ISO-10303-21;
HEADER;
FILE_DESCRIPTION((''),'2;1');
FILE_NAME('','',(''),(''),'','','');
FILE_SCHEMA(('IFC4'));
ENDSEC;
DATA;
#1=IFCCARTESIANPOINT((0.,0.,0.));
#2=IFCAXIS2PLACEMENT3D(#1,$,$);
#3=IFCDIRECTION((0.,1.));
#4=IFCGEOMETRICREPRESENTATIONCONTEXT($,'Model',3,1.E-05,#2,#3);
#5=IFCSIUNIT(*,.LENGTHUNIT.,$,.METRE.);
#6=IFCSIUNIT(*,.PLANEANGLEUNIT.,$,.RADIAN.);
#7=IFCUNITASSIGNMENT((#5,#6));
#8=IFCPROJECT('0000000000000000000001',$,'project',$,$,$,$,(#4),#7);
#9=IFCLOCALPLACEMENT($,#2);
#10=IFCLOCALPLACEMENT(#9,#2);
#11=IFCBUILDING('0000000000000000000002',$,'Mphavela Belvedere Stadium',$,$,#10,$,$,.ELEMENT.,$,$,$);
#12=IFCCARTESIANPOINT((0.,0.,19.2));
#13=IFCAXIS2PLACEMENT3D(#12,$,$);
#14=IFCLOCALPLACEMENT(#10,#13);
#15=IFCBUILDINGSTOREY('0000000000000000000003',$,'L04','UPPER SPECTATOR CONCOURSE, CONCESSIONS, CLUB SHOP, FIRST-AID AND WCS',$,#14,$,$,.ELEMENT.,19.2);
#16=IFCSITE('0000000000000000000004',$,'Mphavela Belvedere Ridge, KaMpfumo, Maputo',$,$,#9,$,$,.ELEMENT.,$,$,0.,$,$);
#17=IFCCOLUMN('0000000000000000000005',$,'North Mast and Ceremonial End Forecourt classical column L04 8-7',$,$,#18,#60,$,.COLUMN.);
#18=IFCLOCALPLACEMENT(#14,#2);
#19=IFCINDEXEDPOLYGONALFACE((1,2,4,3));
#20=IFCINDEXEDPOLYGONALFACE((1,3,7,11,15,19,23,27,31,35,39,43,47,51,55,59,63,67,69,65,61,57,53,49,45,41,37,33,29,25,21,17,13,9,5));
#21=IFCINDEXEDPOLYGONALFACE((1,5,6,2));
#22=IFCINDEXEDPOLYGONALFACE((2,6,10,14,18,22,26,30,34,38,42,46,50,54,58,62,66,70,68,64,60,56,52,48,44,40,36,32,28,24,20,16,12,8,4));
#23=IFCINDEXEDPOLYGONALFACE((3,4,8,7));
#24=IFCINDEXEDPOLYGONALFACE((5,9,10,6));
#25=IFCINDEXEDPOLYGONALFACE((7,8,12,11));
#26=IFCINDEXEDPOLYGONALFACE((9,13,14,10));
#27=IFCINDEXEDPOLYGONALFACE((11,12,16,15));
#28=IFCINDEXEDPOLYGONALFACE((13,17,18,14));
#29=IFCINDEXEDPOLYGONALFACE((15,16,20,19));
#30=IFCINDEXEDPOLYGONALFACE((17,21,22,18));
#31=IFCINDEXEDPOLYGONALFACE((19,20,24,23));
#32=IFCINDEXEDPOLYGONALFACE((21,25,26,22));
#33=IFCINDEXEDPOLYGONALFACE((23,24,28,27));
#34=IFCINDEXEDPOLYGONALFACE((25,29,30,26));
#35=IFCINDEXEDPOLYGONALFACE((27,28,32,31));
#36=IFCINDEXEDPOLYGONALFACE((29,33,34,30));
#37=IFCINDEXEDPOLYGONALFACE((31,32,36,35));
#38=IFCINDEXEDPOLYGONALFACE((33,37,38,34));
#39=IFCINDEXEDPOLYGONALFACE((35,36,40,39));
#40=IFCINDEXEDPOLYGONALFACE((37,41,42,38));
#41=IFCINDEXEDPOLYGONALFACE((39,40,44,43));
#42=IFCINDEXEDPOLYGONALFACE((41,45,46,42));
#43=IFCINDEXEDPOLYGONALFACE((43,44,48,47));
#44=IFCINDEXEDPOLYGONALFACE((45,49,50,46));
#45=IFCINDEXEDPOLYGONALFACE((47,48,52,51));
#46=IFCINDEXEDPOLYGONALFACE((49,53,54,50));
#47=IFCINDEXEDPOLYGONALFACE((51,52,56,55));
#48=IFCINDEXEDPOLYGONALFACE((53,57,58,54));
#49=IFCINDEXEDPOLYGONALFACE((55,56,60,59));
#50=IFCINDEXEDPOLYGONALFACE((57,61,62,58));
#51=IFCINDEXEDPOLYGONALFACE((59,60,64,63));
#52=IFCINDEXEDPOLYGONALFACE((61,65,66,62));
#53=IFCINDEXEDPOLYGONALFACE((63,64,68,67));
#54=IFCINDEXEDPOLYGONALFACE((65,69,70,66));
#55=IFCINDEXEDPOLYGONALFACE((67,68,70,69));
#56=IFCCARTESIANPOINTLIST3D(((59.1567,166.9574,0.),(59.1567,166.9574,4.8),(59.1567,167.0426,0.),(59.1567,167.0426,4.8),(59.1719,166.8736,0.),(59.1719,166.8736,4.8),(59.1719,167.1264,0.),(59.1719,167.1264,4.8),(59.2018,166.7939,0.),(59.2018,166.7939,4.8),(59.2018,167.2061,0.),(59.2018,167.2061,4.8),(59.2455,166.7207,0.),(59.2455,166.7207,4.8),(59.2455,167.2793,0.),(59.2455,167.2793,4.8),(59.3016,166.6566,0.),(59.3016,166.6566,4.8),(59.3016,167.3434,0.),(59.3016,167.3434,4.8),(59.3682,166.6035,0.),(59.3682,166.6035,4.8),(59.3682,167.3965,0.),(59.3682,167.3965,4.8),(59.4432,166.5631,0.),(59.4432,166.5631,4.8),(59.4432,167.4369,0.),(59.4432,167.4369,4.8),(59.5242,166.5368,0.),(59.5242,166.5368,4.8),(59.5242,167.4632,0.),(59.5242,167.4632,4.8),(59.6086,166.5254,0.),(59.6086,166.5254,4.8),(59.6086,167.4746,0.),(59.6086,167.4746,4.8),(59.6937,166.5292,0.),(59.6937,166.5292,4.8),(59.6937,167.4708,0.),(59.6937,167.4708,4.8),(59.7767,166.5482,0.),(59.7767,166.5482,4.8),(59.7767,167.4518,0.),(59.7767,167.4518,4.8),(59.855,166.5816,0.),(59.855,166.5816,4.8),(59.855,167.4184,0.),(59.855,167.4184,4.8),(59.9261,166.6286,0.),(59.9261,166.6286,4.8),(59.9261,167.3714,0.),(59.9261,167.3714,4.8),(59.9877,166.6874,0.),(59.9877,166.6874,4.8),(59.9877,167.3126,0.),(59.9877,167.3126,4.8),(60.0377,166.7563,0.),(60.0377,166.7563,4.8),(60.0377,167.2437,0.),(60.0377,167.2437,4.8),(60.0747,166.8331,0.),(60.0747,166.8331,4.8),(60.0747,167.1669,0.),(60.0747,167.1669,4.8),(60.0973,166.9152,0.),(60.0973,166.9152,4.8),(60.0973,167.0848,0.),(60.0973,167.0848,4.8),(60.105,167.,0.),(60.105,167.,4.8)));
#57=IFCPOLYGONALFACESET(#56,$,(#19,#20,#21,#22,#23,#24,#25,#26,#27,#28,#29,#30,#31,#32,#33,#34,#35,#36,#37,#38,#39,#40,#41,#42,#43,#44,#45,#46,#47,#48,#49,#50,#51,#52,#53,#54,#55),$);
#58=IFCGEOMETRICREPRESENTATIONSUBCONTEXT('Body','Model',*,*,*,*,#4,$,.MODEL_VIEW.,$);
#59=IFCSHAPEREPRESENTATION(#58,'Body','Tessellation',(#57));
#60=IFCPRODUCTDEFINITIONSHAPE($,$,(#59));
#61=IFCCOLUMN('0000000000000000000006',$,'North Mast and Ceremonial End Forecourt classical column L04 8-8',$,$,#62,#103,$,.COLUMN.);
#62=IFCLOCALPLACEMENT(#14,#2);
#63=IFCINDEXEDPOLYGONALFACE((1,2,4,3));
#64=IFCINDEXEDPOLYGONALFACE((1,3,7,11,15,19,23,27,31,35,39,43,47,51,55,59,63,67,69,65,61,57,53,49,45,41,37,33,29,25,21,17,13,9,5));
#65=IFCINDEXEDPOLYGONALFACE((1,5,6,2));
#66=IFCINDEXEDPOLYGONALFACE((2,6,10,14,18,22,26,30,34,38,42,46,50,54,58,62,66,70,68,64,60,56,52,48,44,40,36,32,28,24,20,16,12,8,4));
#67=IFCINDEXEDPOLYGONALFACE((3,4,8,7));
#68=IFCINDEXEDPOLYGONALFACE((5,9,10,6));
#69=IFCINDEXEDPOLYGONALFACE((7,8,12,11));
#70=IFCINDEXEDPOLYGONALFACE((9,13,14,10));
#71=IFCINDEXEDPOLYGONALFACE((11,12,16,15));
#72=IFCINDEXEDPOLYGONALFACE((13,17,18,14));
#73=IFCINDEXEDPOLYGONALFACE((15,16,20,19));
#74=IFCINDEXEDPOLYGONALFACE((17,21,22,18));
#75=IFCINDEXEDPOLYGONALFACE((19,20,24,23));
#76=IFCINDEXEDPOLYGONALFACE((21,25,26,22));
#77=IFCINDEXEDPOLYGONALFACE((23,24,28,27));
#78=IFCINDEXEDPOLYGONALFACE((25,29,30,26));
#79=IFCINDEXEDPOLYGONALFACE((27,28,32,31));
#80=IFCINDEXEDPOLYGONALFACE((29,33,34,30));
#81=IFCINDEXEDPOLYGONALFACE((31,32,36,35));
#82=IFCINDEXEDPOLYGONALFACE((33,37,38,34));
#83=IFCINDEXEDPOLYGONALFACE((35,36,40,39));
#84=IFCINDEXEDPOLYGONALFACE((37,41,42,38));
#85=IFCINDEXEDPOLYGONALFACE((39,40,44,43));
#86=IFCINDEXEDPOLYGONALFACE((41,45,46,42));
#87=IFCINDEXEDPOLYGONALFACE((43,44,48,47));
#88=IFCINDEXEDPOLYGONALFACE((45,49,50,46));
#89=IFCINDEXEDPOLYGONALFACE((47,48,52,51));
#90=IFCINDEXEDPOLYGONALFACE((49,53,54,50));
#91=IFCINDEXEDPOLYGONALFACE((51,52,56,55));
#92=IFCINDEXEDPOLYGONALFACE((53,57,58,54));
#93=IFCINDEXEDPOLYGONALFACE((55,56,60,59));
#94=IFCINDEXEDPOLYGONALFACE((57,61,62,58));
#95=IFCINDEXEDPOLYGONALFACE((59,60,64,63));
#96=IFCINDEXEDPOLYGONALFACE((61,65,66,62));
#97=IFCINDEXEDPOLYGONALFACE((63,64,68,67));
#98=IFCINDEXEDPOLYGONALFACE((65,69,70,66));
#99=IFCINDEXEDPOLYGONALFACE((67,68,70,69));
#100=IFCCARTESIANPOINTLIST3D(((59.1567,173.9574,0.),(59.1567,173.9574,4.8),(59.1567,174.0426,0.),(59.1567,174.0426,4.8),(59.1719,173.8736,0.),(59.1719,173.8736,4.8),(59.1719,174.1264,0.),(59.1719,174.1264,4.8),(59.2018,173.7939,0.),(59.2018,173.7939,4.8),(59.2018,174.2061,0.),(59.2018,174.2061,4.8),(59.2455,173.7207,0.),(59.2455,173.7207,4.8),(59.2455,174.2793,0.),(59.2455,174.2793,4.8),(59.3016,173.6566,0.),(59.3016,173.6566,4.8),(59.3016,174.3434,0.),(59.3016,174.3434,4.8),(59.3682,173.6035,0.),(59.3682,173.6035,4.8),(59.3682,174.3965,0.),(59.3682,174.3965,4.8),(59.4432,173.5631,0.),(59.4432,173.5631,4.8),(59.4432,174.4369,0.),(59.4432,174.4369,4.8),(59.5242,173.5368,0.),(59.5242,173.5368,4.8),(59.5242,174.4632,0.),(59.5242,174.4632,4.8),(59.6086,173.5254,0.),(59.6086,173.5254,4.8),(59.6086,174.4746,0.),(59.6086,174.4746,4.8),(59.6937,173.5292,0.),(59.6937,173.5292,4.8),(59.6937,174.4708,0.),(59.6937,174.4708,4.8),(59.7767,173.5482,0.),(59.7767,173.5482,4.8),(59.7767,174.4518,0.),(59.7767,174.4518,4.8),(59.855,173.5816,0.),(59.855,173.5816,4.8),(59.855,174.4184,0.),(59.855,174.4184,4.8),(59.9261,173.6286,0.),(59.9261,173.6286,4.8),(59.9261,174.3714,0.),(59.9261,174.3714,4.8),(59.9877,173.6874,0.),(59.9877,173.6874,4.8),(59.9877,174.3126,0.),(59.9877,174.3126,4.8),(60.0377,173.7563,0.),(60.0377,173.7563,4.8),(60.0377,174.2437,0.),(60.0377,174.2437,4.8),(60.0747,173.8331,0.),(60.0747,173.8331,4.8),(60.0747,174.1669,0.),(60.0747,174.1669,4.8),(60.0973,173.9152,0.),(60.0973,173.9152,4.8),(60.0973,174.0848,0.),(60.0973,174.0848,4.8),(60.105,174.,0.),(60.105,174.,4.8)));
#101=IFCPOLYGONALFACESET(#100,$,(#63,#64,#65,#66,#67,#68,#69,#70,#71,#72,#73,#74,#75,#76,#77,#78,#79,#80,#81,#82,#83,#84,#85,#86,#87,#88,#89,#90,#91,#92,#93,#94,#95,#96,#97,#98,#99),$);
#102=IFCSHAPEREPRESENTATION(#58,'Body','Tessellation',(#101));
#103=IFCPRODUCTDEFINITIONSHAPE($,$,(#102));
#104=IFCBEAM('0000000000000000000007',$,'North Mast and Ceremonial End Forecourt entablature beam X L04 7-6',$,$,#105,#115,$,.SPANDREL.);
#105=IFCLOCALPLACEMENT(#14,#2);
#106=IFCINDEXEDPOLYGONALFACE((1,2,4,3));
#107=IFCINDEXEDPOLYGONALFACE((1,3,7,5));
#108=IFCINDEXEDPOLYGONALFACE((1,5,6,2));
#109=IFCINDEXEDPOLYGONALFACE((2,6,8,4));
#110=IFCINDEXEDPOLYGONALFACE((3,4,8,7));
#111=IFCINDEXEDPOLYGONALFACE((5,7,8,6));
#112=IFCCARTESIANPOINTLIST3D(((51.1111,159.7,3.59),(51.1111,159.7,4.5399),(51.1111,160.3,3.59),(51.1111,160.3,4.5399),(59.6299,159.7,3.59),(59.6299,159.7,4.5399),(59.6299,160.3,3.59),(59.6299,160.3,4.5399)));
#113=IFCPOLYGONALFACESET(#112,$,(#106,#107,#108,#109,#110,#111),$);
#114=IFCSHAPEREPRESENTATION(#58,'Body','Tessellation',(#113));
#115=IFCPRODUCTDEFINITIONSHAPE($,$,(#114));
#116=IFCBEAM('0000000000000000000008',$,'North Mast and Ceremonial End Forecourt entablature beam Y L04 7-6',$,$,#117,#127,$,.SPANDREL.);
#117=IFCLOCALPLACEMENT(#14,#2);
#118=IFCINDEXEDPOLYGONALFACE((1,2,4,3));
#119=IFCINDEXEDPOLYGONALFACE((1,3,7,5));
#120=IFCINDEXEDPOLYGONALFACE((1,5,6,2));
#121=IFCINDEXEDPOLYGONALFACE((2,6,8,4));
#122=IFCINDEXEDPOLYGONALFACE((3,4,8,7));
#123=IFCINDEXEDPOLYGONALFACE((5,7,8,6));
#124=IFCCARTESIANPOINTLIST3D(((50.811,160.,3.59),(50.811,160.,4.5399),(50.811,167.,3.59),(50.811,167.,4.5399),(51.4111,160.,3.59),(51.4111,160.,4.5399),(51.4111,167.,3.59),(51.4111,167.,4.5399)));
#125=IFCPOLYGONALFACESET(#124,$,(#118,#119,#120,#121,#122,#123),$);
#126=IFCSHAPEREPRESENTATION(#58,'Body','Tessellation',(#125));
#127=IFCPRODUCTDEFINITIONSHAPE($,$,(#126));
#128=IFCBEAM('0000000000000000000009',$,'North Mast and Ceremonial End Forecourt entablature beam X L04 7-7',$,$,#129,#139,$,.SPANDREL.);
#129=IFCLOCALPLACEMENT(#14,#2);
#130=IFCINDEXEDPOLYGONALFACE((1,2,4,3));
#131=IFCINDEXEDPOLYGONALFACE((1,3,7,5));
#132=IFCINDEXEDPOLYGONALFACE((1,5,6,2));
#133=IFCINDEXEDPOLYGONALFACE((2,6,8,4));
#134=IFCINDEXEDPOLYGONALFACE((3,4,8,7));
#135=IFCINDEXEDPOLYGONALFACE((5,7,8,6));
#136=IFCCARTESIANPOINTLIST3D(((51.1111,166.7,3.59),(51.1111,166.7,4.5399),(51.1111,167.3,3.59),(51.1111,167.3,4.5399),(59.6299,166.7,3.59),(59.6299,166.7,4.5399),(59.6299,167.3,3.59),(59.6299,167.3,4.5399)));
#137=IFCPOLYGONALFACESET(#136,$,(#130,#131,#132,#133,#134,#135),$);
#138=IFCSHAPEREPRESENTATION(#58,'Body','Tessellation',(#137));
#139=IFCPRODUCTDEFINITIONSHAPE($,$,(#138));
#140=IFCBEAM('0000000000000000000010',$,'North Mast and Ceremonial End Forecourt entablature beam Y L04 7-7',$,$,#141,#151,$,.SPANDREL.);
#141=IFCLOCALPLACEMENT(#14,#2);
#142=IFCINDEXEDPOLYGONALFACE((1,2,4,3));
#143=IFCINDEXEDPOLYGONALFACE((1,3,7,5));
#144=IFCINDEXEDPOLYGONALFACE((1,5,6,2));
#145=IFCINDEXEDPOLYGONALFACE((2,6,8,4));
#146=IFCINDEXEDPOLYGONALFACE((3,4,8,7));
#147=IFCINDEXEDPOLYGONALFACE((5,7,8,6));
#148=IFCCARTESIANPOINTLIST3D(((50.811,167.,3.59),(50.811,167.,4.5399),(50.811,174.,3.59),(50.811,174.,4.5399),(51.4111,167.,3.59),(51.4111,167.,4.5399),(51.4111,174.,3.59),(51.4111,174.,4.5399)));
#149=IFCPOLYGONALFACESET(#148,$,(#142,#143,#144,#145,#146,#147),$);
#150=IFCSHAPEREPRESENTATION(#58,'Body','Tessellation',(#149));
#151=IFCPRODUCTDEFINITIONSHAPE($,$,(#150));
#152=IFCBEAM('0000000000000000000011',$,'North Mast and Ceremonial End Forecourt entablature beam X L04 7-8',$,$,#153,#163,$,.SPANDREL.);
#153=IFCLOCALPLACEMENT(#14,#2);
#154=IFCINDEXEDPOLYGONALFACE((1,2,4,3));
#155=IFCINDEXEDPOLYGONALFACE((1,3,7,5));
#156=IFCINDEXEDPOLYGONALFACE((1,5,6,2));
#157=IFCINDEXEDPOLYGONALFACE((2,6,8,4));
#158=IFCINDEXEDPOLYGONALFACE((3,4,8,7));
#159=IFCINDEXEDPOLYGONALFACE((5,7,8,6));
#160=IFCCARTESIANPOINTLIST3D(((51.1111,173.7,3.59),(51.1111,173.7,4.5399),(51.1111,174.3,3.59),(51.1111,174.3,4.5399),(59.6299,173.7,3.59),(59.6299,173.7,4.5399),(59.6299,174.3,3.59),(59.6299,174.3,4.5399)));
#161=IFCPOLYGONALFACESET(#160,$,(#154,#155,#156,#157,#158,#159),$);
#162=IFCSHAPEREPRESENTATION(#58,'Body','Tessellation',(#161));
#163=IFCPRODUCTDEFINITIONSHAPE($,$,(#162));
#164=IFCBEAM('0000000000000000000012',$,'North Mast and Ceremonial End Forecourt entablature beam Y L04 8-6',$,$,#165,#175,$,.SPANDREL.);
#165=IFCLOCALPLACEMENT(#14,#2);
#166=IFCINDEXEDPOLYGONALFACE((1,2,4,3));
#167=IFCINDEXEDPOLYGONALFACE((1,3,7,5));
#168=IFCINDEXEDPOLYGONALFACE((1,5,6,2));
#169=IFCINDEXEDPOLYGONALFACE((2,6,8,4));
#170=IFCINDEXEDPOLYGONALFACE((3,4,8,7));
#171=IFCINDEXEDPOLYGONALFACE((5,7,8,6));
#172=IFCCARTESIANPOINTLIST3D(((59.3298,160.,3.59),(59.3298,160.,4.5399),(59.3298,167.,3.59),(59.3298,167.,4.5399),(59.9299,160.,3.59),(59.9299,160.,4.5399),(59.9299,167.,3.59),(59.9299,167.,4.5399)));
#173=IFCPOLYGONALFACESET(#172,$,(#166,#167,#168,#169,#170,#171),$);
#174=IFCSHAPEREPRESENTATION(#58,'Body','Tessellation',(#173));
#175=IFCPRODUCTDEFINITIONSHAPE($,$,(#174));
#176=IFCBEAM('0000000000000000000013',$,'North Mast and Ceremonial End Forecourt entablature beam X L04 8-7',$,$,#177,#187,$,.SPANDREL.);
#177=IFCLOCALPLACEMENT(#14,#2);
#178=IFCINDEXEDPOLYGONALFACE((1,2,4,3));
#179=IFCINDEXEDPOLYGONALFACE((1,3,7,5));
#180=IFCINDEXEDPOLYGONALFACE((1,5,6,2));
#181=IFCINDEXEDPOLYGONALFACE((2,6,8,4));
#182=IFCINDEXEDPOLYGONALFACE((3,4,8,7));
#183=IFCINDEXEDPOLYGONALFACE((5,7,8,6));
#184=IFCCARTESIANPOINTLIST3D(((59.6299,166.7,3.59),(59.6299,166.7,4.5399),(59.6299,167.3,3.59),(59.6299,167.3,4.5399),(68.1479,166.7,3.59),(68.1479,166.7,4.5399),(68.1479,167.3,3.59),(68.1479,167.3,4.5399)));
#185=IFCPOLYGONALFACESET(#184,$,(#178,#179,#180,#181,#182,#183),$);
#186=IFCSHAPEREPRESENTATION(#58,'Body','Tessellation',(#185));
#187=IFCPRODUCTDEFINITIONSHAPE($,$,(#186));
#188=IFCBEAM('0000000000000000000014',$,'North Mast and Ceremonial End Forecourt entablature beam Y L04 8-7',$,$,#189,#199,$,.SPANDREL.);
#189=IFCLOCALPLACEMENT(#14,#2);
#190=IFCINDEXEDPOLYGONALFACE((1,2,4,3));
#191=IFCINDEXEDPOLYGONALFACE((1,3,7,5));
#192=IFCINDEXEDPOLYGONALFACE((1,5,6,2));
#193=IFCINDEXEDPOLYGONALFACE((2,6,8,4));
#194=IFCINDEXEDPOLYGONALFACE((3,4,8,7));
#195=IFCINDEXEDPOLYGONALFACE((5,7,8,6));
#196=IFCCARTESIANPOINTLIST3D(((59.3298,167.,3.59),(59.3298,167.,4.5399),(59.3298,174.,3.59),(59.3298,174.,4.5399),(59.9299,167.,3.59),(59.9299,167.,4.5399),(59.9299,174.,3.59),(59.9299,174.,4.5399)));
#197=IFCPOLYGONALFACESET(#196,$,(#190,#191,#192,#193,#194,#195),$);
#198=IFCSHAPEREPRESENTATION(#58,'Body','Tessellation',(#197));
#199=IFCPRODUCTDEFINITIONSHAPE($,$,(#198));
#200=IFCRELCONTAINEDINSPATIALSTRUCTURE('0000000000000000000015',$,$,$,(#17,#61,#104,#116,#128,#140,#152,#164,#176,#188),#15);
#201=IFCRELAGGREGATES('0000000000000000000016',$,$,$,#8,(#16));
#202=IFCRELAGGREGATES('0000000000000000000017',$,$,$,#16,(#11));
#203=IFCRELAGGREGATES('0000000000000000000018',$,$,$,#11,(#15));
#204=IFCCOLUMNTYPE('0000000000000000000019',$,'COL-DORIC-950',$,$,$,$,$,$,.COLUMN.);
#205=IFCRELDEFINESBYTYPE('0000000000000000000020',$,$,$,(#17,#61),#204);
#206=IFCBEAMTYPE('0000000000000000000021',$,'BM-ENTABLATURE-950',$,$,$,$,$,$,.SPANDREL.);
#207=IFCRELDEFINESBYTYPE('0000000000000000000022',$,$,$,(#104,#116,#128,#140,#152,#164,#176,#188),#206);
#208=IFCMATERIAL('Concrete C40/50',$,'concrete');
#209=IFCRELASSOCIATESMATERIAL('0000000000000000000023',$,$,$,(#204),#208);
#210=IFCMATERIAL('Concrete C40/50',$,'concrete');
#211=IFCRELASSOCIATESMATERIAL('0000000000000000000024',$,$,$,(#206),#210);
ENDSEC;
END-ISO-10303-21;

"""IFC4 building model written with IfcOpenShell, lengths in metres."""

from ifc_helpers import new_model, si_unit, direction, frame, origin, origin_2d, place, context, subcontext, project, spatial, rectangle, circle, extrude, material, material_profile, profile_set, type_object, element, save


model = new_model("IFC4")

# Units and contexts
model_context = context("Model", 3, precision=1e-05, world=origin(), true_north=direction((0.0, 1.0)))
body_context = subcontext(model_context, "Body", "Model", "MODEL_VIEW")
ifc_project = project(units=[si_unit("LENGTHUNIT", "METRE"), si_unit("PLANEANGLEUNIT", "RADIAN")], contexts=[model_context])

# Site, building, storey
site_placement = place(None, origin())
site = spatial("IfcSite", under=ifc_project, at=site_placement, Name="Mphavela Belvedere Ridge, KaMpfumo, Maputo", CompositionType="ELEMENT", RefElevation=0.0)
building_placement = place(site_placement, origin())
building = spatial("IfcBuilding", under=site, at=building_placement, Name="Mphavela Belvedere Stadium", CompositionType="ELEMENT")
storey_placement = place(building_placement, frame((0.0, 0.0, 19.2)))
storey = spatial("IfcBuildingStorey", under=building, at=storey_placement, Name="L04", Description="UPPER SPECTATOR CONCOURSE, CONCESSIONS, CLUB SHOP, FIRST-AID AND WCS", CompositionType="ELEMENT", Elevation=19.2)

# Columns
ifc_material_1 = material(Name="Concrete C40/50", Category="concrete")
ifc_material_profile_1 = material_profile(ifc_material_1, circle(Radius=0.4751, at=origin_2d()), Name="COL D950")
ifc_profile_set_1 = profile_set([ifc_material_profile_1], Name="Concrete C40/50")
column_type = type_object("IfcColumnType", Name="COL-DORIC-950", PredefinedType="COLUMN", material=ifc_profile_set_1)
for number, where, z_axis, x_axis, name in (
    (1, (59.6299, 167.0, 0.0), (0.0, 0.0, 1.0), (1.0, 0.0, 0.0), "North Mast and Ceremonial End Forecourt classical column L04 8-7"),
    (2, (59.6299, 174.0, 0.0), (0.0, 0.0, 1.0), (1.0, 0.0, 0.0), "North Mast and Ceremonial End Forecourt classical column L04 8-8"),
):
    element("IfcColumn", number, at=place(storey_placement, frame(where, z_axis=z_axis, x_axis=x_axis)), inside=storey, type_object=column_type, Name=name, PredefinedType="COLUMN", context=body_context, shape_type="SweptSolid", body=[
        extrude(circle(Radius=0.4751, at=origin_2d()), origin(), (0.0, 0.0, 1.0), 4.8),
    ])

# Beams
ifc_material_2 = material(Name="Concrete C40/50", Category="concrete")
ifc_material_profile_2 = material_profile(ifc_material_2, rectangle(XDim=0.6001, YDim=0.95, at=origin_2d()), Name="RC 600x950")
ifc_profile_set_2 = profile_set([ifc_material_profile_2], Name="Concrete C40/50")
beam_type_1 = type_object("IfcBeamType", Name="BM-ENTABLATURE-950", PredefinedType="SPANDREL", material=ifc_profile_set_2)
beam_1_placement = place(storey_placement, frame((51.1111, 160.0, 4.0649), z_axis=(1.0, 0.0, 0.0), x_axis=(0.0, 1.0, 0.0)))
element("IfcBeam", 3, at=beam_1_placement, inside=storey, type_object=beam_type_1, Name="North Mast and Ceremonial End Forecourt entablature beam X L04 7-6", PredefinedType="SPANDREL", context=body_context, shape_type="SweptSolid", body=[
    extrude(rectangle(XDim=0.6001, YDim=0.95, at=origin_2d()), origin(), (0.0, 0.0, 1.0), 8.5188),
])
beam_2_placement = place(storey_placement, frame((51.1111, 160.0, 4.0649), z_axis=(0.0, 1.0, 0.0), x_axis=(-1.0, 0.0, 0.0)))
element("IfcBeam", 4, at=beam_2_placement, inside=storey, type_object=beam_type_1, Name="North Mast and Ceremonial End Forecourt entablature beam Y L04 7-6", PredefinedType="SPANDREL", context=body_context, shape_type="SweptSolid", body=[
    extrude(rectangle(XDim=0.6001, YDim=0.95, at=origin_2d()), origin(), (0.0, 0.0, 1.0), 7.0),
])
beam_3_placement = place(storey_placement, frame((51.1111, 167.0, 4.0649), z_axis=(1.0, 0.0, 0.0), x_axis=(0.0, 1.0, 0.0)))
element("IfcBeam", 5, at=beam_3_placement, inside=storey, type_object=beam_type_1, Name="North Mast and Ceremonial End Forecourt entablature beam X L04 7-7", PredefinedType="SPANDREL", context=body_context, shape_type="SweptSolid", body=[
    extrude(rectangle(XDim=0.6001, YDim=0.95, at=origin_2d()), origin(), (0.0, 0.0, 1.0), 8.5188),
])
beam_4_placement = place(storey_placement, frame((51.1111, 167.0, 4.0649), z_axis=(0.0, 1.0, 0.0), x_axis=(-1.0, 0.0, 0.0)))
element("IfcBeam", 6, at=beam_4_placement, inside=storey, type_object=beam_type_1, Name="North Mast and Ceremonial End Forecourt entablature beam Y L04 7-7", PredefinedType="SPANDREL", context=body_context, shape_type="SweptSolid", body=[
    extrude(rectangle(XDim=0.6001, YDim=0.95, at=origin_2d()), origin(), (0.0, 0.0, 1.0), 7.0),
])
beam_5_placement = place(storey_placement, frame((51.1111, 174.0, 4.0649), z_axis=(1.0, 0.0, 0.0), x_axis=(0.0, 1.0, 0.0)))
element("IfcBeam", 7, at=beam_5_placement, inside=storey, type_object=beam_type_1, Name="North Mast and Ceremonial End Forecourt entablature beam X L04 7-8", PredefinedType="SPANDREL", context=body_context, shape_type="SweptSolid", body=[
    extrude(rectangle(XDim=0.6001, YDim=0.95, at=origin_2d()), origin(), (0.0, 0.0, 1.0), 8.5188),
])
beam_6_placement = place(storey_placement, frame((59.6299, 160.0, 4.0649), z_axis=(0.0, 1.0, 0.0), x_axis=(-1.0, 0.0, 0.0)))
element("IfcBeam", 8, at=beam_6_placement, inside=storey, type_object=beam_type_1, Name="North Mast and Ceremonial End Forecourt entablature beam Y L04 8-6", PredefinedType="SPANDREL", context=body_context, shape_type="SweptSolid", body=[
    extrude(rectangle(XDim=0.6001, YDim=0.95, at=origin_2d()), origin(), (0.0, 0.0, 1.0), 7.0),
])
beam_7_placement = place(storey_placement, frame((59.6299, 167.0, 4.0649), z_axis=(1.0, 0.0, 0.0), x_axis=(0.0, 1.0, 0.0)))
element("IfcBeam", 9, at=beam_7_placement, inside=storey, type_object=beam_type_1, Name="North Mast and Ceremonial End Forecourt entablature beam X L04 8-7", PredefinedType="SPANDREL", context=body_context, shape_type="SweptSolid", body=[
    extrude(rectangle(XDim=0.6001, YDim=0.95, at=origin_2d()), origin(), (0.0, 0.0, 1.0), 8.5181),
])
beam_8_placement = place(storey_placement, frame((59.6299, 167.0, 4.0649), z_axis=(0.0, 1.0, 0.0), x_axis=(-1.0, 0.0, 0.0)))
element("IfcBeam", 10, at=beam_8_placement, inside=storey, type_object=beam_type_1, Name="North Mast and Ceremonial End Forecourt entablature beam Y L04 8-7", PredefinedType="SPANDREL", context=body_context, shape_type="SweptSolid", body=[
    extrude(rectangle(XDim=0.6001, YDim=0.95, at=origin_2d()), origin(), (0.0, 0.0, 1.0), 7.0),
])

save(model, "model.ifc")
